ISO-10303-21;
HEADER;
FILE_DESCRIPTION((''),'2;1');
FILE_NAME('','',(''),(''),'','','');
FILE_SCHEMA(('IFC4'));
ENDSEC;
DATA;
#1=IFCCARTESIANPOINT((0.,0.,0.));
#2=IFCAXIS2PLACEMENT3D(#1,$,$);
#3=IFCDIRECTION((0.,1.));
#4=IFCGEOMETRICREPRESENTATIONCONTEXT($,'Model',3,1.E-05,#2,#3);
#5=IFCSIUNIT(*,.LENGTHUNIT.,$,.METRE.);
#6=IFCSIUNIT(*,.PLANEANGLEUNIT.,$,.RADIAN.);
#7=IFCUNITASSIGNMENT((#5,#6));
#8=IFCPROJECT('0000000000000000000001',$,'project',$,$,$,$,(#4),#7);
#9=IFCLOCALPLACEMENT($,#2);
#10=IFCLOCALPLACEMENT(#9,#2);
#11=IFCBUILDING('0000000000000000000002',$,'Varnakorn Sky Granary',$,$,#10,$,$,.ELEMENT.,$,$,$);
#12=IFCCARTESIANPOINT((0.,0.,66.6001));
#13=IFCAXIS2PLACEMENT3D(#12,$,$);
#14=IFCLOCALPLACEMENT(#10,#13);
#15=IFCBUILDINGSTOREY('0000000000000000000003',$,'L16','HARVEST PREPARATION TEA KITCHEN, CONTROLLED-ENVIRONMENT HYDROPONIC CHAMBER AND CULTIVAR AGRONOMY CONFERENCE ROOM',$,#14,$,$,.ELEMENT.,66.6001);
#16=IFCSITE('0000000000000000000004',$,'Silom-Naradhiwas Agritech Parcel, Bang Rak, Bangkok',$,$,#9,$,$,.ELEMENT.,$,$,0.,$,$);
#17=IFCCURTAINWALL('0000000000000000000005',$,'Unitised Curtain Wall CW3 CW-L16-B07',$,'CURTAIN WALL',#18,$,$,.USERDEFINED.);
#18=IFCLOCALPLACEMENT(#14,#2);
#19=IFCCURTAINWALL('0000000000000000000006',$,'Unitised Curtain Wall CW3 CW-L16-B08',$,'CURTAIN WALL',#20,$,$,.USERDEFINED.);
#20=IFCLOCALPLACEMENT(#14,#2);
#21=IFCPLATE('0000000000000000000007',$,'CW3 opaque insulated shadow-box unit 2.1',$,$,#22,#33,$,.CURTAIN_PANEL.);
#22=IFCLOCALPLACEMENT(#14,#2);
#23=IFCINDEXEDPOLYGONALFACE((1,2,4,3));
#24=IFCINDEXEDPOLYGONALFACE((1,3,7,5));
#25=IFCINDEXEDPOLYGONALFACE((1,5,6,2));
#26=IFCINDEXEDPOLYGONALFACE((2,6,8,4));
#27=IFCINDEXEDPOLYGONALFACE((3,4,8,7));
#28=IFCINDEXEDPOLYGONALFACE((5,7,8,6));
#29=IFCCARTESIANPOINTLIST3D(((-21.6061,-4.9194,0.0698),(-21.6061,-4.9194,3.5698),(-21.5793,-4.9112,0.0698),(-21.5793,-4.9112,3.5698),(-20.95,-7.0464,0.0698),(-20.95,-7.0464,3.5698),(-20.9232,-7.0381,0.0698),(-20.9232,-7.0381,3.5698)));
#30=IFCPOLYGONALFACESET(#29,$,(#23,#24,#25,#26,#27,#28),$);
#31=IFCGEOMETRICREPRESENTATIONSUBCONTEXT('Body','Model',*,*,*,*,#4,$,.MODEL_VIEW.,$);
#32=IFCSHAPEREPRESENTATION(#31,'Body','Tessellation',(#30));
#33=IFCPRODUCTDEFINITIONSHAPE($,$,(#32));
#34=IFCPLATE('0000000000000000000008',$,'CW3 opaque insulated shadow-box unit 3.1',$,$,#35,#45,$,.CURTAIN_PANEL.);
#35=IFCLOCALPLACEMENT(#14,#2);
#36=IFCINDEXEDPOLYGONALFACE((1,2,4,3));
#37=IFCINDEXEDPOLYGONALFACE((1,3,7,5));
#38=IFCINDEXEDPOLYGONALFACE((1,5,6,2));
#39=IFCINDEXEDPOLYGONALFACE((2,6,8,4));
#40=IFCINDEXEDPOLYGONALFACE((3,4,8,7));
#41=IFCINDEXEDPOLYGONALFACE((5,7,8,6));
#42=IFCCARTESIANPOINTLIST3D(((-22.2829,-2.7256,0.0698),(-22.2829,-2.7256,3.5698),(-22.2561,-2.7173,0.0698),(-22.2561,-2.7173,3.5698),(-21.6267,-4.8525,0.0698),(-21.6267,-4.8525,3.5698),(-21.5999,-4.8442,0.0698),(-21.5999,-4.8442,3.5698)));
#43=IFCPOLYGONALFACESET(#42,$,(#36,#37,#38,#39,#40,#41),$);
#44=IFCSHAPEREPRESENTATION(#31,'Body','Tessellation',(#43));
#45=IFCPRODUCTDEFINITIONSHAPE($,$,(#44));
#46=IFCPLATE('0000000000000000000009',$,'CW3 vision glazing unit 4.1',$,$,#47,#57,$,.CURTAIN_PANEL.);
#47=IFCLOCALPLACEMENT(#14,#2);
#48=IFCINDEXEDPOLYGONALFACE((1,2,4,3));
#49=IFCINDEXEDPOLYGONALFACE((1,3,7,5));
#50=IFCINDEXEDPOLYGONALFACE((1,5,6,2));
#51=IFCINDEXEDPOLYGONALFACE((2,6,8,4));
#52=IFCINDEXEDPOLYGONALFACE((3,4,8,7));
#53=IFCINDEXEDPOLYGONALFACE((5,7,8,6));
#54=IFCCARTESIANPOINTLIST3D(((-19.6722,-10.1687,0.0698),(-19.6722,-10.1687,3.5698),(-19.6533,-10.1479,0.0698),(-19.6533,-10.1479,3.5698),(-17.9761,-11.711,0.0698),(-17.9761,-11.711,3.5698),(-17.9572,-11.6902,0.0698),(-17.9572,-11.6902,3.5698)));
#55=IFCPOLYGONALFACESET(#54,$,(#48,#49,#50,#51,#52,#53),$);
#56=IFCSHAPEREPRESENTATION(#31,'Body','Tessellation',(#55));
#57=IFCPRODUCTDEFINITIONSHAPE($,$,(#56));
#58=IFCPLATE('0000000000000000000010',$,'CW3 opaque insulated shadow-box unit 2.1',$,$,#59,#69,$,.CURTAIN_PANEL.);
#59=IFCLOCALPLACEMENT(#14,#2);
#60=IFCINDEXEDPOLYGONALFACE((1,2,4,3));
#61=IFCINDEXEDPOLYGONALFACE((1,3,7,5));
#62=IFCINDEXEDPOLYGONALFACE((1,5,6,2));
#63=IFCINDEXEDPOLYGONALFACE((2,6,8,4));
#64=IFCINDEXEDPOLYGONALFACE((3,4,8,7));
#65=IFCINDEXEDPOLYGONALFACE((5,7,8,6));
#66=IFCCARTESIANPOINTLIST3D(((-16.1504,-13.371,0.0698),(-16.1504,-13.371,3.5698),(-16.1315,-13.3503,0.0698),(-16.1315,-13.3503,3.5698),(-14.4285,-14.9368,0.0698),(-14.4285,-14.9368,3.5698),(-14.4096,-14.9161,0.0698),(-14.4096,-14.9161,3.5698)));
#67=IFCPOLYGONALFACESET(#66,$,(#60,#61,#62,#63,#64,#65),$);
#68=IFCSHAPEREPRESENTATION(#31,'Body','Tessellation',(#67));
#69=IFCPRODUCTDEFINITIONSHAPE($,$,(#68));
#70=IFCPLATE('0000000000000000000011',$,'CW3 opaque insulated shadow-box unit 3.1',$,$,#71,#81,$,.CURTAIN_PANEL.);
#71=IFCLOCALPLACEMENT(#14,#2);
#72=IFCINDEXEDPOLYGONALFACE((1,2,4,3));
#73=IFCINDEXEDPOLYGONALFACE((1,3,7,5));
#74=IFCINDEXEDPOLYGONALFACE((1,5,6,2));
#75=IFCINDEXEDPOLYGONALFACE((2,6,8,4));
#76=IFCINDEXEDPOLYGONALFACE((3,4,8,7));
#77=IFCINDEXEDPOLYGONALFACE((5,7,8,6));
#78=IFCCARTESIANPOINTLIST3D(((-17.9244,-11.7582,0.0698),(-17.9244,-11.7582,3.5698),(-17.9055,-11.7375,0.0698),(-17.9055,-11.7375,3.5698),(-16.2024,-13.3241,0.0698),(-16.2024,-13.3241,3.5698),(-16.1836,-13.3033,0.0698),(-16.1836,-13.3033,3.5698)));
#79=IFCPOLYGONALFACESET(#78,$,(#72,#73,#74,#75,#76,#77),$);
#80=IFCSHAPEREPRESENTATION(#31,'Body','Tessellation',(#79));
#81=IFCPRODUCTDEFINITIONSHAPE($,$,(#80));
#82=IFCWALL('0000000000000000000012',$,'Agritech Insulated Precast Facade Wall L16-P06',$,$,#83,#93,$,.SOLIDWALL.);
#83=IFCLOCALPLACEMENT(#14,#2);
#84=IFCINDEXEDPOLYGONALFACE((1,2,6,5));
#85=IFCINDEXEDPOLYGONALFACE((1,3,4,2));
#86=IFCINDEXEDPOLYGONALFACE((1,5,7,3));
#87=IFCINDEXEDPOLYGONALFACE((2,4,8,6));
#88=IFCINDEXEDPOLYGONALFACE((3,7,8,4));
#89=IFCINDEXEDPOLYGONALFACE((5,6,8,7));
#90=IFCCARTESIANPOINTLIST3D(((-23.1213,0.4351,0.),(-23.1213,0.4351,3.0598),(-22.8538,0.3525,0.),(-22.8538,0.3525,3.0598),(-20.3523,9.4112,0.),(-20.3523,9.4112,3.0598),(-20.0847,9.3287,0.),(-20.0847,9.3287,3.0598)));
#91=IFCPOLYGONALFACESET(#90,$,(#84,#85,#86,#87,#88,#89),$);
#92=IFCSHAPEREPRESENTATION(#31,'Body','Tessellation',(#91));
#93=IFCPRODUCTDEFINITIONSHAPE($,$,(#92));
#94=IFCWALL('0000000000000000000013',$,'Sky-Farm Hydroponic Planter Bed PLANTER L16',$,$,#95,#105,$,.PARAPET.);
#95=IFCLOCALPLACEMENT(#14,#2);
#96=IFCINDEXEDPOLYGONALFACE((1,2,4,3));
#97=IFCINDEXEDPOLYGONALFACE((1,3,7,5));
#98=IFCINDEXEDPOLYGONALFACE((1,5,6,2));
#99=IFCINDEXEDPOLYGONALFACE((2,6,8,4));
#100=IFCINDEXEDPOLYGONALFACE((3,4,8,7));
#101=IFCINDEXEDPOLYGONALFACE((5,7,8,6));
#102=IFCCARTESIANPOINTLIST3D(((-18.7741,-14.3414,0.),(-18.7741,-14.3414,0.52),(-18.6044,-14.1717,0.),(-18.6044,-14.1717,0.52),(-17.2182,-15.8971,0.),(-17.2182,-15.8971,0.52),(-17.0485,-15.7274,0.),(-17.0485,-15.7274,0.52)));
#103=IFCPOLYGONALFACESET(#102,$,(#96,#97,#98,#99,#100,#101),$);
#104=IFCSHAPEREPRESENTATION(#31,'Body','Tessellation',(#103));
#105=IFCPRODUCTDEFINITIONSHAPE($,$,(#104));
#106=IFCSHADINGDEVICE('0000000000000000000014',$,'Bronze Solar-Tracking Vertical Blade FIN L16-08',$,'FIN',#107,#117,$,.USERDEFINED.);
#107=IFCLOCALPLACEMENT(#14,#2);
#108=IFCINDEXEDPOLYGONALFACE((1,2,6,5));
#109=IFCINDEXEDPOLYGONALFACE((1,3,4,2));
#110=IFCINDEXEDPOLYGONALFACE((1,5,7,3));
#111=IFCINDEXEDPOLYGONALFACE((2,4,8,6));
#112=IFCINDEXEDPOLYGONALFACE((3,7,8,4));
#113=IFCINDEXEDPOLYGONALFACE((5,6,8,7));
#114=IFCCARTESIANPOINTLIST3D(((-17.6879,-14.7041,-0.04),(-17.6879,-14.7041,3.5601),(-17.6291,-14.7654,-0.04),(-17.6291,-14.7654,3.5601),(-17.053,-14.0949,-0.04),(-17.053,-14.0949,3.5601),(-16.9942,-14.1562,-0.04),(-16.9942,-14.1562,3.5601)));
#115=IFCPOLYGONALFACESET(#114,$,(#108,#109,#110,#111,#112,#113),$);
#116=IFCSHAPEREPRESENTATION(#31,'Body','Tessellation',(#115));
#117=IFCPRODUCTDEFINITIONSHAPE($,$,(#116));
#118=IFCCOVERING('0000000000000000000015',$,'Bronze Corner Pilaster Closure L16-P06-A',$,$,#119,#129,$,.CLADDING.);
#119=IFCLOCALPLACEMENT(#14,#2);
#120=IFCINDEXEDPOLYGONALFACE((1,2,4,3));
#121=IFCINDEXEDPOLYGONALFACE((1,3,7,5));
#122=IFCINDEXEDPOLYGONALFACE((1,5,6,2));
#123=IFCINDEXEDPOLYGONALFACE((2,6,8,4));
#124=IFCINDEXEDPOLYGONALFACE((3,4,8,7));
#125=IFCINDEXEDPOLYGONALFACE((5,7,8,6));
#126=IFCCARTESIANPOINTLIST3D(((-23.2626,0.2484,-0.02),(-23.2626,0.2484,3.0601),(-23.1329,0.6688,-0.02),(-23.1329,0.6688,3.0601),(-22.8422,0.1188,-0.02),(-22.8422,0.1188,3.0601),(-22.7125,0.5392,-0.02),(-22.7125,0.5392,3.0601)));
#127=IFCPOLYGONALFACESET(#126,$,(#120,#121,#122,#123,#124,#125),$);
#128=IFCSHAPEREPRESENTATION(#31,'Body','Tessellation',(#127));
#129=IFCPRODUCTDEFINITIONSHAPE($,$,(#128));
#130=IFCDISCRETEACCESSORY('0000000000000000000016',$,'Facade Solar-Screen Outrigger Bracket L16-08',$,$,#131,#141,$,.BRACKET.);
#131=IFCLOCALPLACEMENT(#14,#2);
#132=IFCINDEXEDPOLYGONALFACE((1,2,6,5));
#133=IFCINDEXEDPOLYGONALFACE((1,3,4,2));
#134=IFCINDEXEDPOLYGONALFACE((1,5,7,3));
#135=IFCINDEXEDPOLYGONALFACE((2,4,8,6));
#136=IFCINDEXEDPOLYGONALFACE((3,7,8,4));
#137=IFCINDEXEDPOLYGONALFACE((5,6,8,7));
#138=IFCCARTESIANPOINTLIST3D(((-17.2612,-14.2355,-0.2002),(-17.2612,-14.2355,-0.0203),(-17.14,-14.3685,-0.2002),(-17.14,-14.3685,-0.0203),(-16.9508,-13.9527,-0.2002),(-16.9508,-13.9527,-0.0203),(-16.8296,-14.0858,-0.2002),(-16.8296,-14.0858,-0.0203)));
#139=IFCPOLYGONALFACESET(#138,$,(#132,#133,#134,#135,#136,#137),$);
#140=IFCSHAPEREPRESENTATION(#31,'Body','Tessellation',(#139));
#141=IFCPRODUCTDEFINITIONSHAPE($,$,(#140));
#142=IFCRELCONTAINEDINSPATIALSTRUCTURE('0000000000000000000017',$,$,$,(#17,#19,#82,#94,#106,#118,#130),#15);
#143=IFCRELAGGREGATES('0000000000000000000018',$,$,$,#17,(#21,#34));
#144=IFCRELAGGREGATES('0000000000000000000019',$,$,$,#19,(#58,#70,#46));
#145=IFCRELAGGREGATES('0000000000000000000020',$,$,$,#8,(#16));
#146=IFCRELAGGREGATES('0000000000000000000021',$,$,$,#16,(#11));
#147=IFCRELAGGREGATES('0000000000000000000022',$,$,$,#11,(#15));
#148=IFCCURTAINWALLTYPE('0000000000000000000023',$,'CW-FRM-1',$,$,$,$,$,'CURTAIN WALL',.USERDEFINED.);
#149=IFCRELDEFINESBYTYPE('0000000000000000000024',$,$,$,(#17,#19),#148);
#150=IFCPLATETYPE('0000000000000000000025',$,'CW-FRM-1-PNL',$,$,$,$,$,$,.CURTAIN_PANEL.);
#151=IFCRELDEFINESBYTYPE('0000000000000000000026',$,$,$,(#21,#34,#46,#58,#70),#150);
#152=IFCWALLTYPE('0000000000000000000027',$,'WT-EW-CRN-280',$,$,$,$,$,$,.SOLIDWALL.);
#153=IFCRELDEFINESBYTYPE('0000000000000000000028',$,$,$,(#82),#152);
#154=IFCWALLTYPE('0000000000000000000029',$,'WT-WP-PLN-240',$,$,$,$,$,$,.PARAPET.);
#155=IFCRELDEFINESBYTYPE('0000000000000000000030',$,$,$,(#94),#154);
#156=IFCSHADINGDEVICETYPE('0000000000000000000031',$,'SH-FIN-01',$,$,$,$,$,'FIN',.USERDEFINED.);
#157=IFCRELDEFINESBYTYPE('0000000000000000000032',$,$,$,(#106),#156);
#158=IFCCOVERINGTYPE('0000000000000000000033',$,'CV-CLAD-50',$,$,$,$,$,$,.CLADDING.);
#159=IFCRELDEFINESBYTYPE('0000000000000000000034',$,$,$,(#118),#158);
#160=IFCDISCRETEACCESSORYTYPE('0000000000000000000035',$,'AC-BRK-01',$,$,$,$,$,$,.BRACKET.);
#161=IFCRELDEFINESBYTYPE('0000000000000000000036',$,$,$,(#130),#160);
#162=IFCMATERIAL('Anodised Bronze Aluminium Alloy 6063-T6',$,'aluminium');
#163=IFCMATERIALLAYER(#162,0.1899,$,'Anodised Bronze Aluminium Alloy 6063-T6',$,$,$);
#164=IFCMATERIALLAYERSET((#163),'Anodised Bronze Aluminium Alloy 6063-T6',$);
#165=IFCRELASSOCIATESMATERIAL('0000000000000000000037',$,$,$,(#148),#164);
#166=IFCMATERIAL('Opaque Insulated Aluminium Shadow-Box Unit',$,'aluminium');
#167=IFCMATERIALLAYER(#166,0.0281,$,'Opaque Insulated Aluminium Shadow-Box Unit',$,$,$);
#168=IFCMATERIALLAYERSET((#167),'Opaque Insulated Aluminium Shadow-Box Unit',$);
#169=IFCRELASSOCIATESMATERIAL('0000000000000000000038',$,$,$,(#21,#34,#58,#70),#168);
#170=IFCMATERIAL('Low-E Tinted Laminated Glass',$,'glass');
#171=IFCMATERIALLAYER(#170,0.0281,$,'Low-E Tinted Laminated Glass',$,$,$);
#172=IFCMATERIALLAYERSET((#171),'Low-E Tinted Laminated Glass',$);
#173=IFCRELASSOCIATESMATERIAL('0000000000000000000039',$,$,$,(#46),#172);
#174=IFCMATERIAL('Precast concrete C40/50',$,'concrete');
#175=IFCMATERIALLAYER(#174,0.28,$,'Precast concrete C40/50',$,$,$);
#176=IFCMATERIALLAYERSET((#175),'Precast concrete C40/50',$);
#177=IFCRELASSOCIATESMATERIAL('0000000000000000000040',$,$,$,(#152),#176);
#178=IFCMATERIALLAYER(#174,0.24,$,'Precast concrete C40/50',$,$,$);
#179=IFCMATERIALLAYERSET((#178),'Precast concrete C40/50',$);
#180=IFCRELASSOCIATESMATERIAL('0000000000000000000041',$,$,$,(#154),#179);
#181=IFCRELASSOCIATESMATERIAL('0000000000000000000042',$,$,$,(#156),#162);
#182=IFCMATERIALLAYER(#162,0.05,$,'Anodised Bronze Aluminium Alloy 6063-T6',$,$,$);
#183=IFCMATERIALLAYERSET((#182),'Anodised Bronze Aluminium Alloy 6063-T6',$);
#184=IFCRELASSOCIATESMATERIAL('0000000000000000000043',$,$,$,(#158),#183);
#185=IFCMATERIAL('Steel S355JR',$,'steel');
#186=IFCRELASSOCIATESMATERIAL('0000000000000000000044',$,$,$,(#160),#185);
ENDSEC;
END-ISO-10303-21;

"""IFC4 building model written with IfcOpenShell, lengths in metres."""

from ifc_helpers import new_model, si_unit, direction, frame, frame_2d, origin, origin_2d, place, context, subcontext, project, spatial, rectangle, extrude, source, transform, mapped, material, layer, layer_set, type_object, type_shapes, element, aggregate, save


model = new_model("IFC4")

# Units and contexts
model_context = context("Model", 3, precision=1e-05, world=origin(), true_north=direction((0.0, 1.0)))
body_context = subcontext(model_context, "Body", "Model", "MODEL_VIEW")
ifc_project = project(units=[si_unit("LENGTHUNIT", "METRE"), si_unit("PLANEANGLEUNIT", "RADIAN")], contexts=[model_context])

# Site, building, storey
site_placement = place(None, origin())
site = spatial("IfcSite", under=ifc_project, at=site_placement, Name="Silom-Naradhiwas Agritech Parcel, Bang Rak, Bangkok", CompositionType="ELEMENT", RefElevation=0.0)
building_placement = place(site_placement, origin())
building = spatial("IfcBuilding", under=site, at=building_placement, Name="Varnakorn Sky Granary", CompositionType="ELEMENT")
storey_placement = place(building_placement, frame((0.0, 0.0, 66.6001)))
storey = spatial("IfcBuildingStorey", under=building, at=storey_placement, Name="L16", Description="HARVEST PREPARATION TEA KITCHEN, CONTROLLED-ENVIRONMENT HYDROPONIC CHAMBER AND CULTIVAR AGRONOMY CONFERENCE ROOM", CompositionType="ELEMENT", Elevation=66.6001)

# Shared definitions
ifc_material_1 = material(Name="Steel S355JR", Category="steel")

# Curtain walls
ifc_material_2 = material(Name="Anodised Bronze Aluminium Alloy 6063-T6", Category="aluminium")
ifc_layer_1 = layer(ifc_material_2, 0.1899, Name="Anodised Bronze Aluminium Alloy 6063-T6")
ifc_layer_set_1 = layer_set([ifc_layer_1], Name="Anodised Bronze Aluminium Alloy 6063-T6")
curtain_wall_type = type_object("IfcCurtainWallType", Name="CW-FRM-1", ElementType="CURTAIN WALL", PredefinedType="USERDEFINED", material=ifc_layer_set_1)
curtain_wall_1_placement = place(storey_placement, origin())
curtain_wall_1 = element("IfcCurtainWall", 1, at=curtain_wall_1_placement, inside=storey, type_object=curtain_wall_type, Name="Unitised Curtain Wall CW3 CW-L16-B07", ObjectType="CURTAIN WALL", PredefinedType="USERDEFINED")
curtain_wall_2_placement = place(storey_placement, origin())
curtain_wall_2 = element("IfcCurtainWall", 2, at=curtain_wall_2_placement, inside=storey, type_object=curtain_wall_type, Name="Unitised Curtain Wall CW3 CW-L16-B08", ObjectType="CURTAIN WALL", PredefinedType="USERDEFINED")

# Plates
ifc_material_3 = material(Name="Low-E Tinted Laminated Glass", Category="glass")
ifc_layer_2 = layer(ifc_material_3, 0.0281, Name="Low-E Tinted Laminated Glass")
ifc_layer_set_2 = layer_set([ifc_layer_2], Name="Low-E Tinted Laminated Glass")
plate_type = type_object("IfcPlateType", Name="CW-FRM-1-PNL", PredefinedType="CURTAIN_PANEL")
ifc_material_4 = material(Name="Opaque Insulated Aluminium Shadow-Box Unit", Category="aluminium")
ifc_layer_3 = layer(ifc_material_4, 0.0281, Name="Opaque Insulated Aluminium Shadow-Box Unit")
ifc_layer_set_3 = layer_set([ifc_layer_3], Name="Opaque Insulated Aluminium Shadow-Box Unit")
shared_shape_1 = source(origin(), body_context, "Body", "SweptSolid", [
    extrude(rectangle(XDim=2.2258, YDim=0.0281, at=origin_2d()), origin(), (0.0, 0.0, 1.0), 3.5),
])
plate_1_placement = place(storey_placement, frame((-21.2646, -5.9788, 0.0698), z_axis=(0.0, 0.0, 1.0), x_axis=(-0.294787, 0.955563, 0.0)))
plate_1 = element("IfcPlate", 3, at=plate_1_placement, type_object=plate_type, material=ifc_layer_set_3, Name="CW3 opaque insulated shadow-box unit 2.1", PredefinedType="CURTAIN_PANEL", context=body_context, shape_type="MappedRepresentation", body=[
    mapped(shared_shape_1, transform((0.0, 0.0, 0.0), x_axis=(1.0, 0.0, 0.0), y_axis=(0.0, 1.0, 0.0), z_axis=(0.0, 0.0, 1.0), scale=1.0)),
])
plate_2_placement = place(storey_placement, frame((-21.9414, -3.7849, 0.0698), z_axis=(0.0, 0.0, 1.0), x_axis=(-0.294787, 0.955563, 0.0)))
plate_2 = element("IfcPlate", 4, at=plate_2_placement, type_object=plate_type, material=ifc_layer_set_3, Name="CW3 opaque insulated shadow-box unit 3.1", PredefinedType="CURTAIN_PANEL", context=body_context, shape_type="MappedRepresentation", body=[
    mapped(shared_shape_1, transform((0.0, 0.0, 0.0), x_axis=(1.0, 0.0, 0.0), y_axis=(0.0, 1.0, 0.0), z_axis=(0.0, 0.0, 1.0), scale=1.0)),
])
aggregate(curtain_wall_1, [plate_1, plate_2])
shared_shape_2 = source(origin(), body_context, "Body", "SweptSolid", [
    extrude(rectangle(XDim=2.2925, YDim=0.0281, at=origin_2d()), origin(), (0.0, 0.0, 1.0), 3.5),
])
plate_3_placement = place(storey_placement, frame((-18.8147, -10.9294, 0.0698), z_axis=(0.0, 0.0, 1.0), x_axis=(-0.739847, 0.672776, 0.0)))
plate_3 = element("IfcPlate", 5, at=plate_3_placement, type_object=plate_type, material=ifc_layer_set_2, Name="CW3 vision glazing unit 4.1", PredefinedType="CURTAIN_PANEL", context=body_context, shape_type="MappedRepresentation", body=[
    mapped(shared_shape_2, transform((0.0, 0.0, 0.0), x_axis=(1.0, 0.0, 0.0), y_axis=(0.0, 1.0, 0.0), z_axis=(0.0, 0.0, 1.0), scale=1.0)),
])
shared_shape_3 = source(origin(), body_context, "Body", "SweptSolid", [
    extrude(rectangle(XDim=2.3274, YDim=0.0281, at=origin_2d()), origin(), (0.0, 0.0, 1.0), 3.5),
])
plate_4_placement = place(storey_placement, frame((-15.28, -14.1436, 0.0698), z_axis=(0.0, 0.0, 1.0), x_axis=(-0.739847, 0.672776, 0.0)))
plate_4 = element("IfcPlate", 6, at=plate_4_placement, type_object=plate_type, material=ifc_layer_set_3, Name="CW3 opaque insulated shadow-box unit 2.1", PredefinedType="CURTAIN_PANEL", context=body_context, shape_type="MappedRepresentation", body=[
    mapped(shared_shape_3, transform((0.0, 0.0, 0.0), x_axis=(1.0, 0.0, 0.0), y_axis=(0.0, 1.0, 0.0), z_axis=(0.0, 0.0, 1.0), scale=1.0)),
])
plate_5_placement = place(storey_placement, frame((-17.054, -12.5308, 0.0698), z_axis=(0.0, 0.0, 1.0), x_axis=(-0.739847, 0.672776, 0.0)))
plate_5 = element("IfcPlate", 7, at=plate_5_placement, type_object=plate_type, material=ifc_layer_set_3, Name="CW3 opaque insulated shadow-box unit 3.1", PredefinedType="CURTAIN_PANEL", context=body_context, shape_type="MappedRepresentation", body=[
    mapped(shared_shape_3, transform((0.0, 0.0, 0.0), x_axis=(1.0, 0.0, 0.0), y_axis=(0.0, 1.0, 0.0), z_axis=(0.0, 0.0, 1.0), scale=1.0)),
])
aggregate(curtain_wall_2, [plate_4, plate_5, plate_3])

# Walls
ifc_material_5 = material(Name="Precast concrete C40/50", Category="concrete")
ifc_layer_4 = layer(ifc_material_5, 0.28, Name="Precast concrete C40/50")
ifc_layer_set_4 = layer_set([ifc_layer_4], Name="Precast concrete C40/50")
wall_type_1 = type_object("IfcWallType", Name="WT-EW-CRN-280", PredefinedType="SOLIDWALL", material=ifc_layer_set_4)
wall_1_placement = place(storey_placement, frame((-22.9875, 0.3938, 0.0), z_axis=(0.0, 0.0, 1.0), x_axis=(0.294783, 0.955564, 0.0)))
element("IfcWall", 8, at=wall_1_placement, inside=storey, type_object=wall_type_1, Name="Agritech Insulated Precast Facade Wall L16-P06", PredefinedType="SOLIDWALL", context=body_context, shape_type="SweptSolid", body=[
    extrude(rectangle(XDim=9.3936, YDim=0.28, at=frame_2d((4.6968, 0.0))), origin(), (0.0, 0.0, 1.0), 3.0598),
])
ifc_layer_5 = layer(ifc_material_5, 0.24, Name="Precast concrete C40/50")
ifc_layer_set_5 = layer_set([ifc_layer_5], Name="Precast concrete C40/50")
wall_type_2 = type_object("IfcWallType", Name="WT-WP-PLN-240", PredefinedType="PARAPET", material=ifc_layer_set_5)
wall_2_placement = place(storey_placement, frame((-18.6892, -14.2566, 0.0), z_axis=(0.0, 0.0, 1.0), x_axis=(0.707162, -0.707051, 0.0)))
element("IfcWall", 9, at=wall_2_placement, inside=storey, type_object=wall_type_2, Name="Sky-Farm Hydroponic Planter Bed PLANTER L16", PredefinedType="PARAPET", context=body_context, shape_type="SweptSolid", body=[
    extrude(rectangle(XDim=2.2002, YDim=0.24, at=frame_2d((1.1001, 0.0))), origin(), (0.0, 0.0, 1.0), 0.52),
])

# Shading device
shading_device_type = type_object("IfcShadingDeviceType", Name="SH-FIN-01", ElementType="FIN", PredefinedType="USERDEFINED", material=ifc_material_2)
shared_shape_4 = source(origin(), body_context, "Body", "SweptSolid", [
    extrude(rectangle(XDim=0.085, YDim=0.8799, at=origin_2d()), origin(), (0.0, 0.0, 1.0), 3.6001),
])
type_shapes(shading_device_type, [shared_shape_4])
shading_device_placement = place(storey_placement, frame((-17.3411, -14.4302, -0.04), z_axis=(0.0, 0.0, 1.0), x_axis=(0.692391, -0.721523, 0.0)))
element("IfcShadingDevice", 10, at=shading_device_placement, inside=storey, type_object=shading_device_type, Name="Bronze Solar-Tracking Vertical Blade FIN L16-08", ObjectType="FIN", PredefinedType="USERDEFINED", context=body_context, shape_type="MappedRepresentation", body=[
    mapped(shared_shape_4, transform((0.0, 0.0, 0.0), x_axis=(1.0, 0.0, 0.0), y_axis=(0.0, 1.0, 0.0), z_axis=(0.0, 0.0, 1.0), scale=1.0)),
])

# Covering
ifc_layer_6 = layer(ifc_material_2, 0.05, Name="Anodised Bronze Aluminium Alloy 6063-T6")
ifc_layer_set_6 = layer_set([ifc_layer_6], Name="Anodised Bronze Aluminium Alloy 6063-T6")
covering_type = type_object("IfcCoveringType", Name="CV-CLAD-50", PredefinedType="CLADDING", material=ifc_layer_set_6)
shared_shape_5 = source(origin(), body_context, "Body", "SweptSolid", [
    extrude(rectangle(XDim=0.4399, YDim=0.4399, at=origin_2d()), origin(), (0.0, 0.0, 1.0), 3.0801),
])
type_shapes(covering_type, [shared_shape_5])
covering_placement = place(storey_placement, frame((-22.9875, 0.3938, -0.02), z_axis=(0.0, 0.0, 1.0), x_axis=(0.294708, 0.955588, 0.0)))
element("IfcCovering", 11, at=covering_placement, inside=storey, type_object=covering_type, Name="Bronze Corner Pilaster Closure L16-P06-A", PredefinedType="CLADDING", context=body_context, shape_type="MappedRepresentation", body=[
    mapped(shared_shape_5, transform((0.0, 0.0, 0.0), x_axis=(1.0, 0.0, 0.0), y_axis=(0.0, 1.0, 0.0), z_axis=(0.0, 0.0, 1.0), scale=1.0)),
])

# Discrete accessory
discrete_accessory_type = type_object("IfcDiscreteAccessoryType", Name="AC-BRK-01", PredefinedType="BRACKET", material=ifc_material_1)
shared_shape_6 = source(origin(), body_context, "Body", "SweptSolid", [
    extrude(rectangle(XDim=0.1799, YDim=0.4199, at=origin_2d()), origin(), (0.0, 0.0, 1.0), 0.1799),
])
type_shapes(discrete_accessory_type, [shared_shape_6])
discrete_accessory_placement = place(storey_placement, frame((-17.0454, -14.1606, -0.2002), z_axis=(0.0, 0.0, 1.0), x_axis=(0.673417, -0.739263, 0.0)))
element("IfcDiscreteAccessory", 12, at=discrete_accessory_placement, inside=storey, type_object=discrete_accessory_type, Name="Facade Solar-Screen Outrigger Bracket L16-08", PredefinedType="BRACKET", context=body_context, shape_type="MappedRepresentation", body=[
    mapped(shared_shape_6, transform((0.0, 0.0, 0.0), x_axis=(1.0, 0.0, 0.0), y_axis=(0.0, 1.0, 0.0), z_axis=(0.0, 0.0, 1.0), scale=1.0)),
])

save(model, "model.ifc")
